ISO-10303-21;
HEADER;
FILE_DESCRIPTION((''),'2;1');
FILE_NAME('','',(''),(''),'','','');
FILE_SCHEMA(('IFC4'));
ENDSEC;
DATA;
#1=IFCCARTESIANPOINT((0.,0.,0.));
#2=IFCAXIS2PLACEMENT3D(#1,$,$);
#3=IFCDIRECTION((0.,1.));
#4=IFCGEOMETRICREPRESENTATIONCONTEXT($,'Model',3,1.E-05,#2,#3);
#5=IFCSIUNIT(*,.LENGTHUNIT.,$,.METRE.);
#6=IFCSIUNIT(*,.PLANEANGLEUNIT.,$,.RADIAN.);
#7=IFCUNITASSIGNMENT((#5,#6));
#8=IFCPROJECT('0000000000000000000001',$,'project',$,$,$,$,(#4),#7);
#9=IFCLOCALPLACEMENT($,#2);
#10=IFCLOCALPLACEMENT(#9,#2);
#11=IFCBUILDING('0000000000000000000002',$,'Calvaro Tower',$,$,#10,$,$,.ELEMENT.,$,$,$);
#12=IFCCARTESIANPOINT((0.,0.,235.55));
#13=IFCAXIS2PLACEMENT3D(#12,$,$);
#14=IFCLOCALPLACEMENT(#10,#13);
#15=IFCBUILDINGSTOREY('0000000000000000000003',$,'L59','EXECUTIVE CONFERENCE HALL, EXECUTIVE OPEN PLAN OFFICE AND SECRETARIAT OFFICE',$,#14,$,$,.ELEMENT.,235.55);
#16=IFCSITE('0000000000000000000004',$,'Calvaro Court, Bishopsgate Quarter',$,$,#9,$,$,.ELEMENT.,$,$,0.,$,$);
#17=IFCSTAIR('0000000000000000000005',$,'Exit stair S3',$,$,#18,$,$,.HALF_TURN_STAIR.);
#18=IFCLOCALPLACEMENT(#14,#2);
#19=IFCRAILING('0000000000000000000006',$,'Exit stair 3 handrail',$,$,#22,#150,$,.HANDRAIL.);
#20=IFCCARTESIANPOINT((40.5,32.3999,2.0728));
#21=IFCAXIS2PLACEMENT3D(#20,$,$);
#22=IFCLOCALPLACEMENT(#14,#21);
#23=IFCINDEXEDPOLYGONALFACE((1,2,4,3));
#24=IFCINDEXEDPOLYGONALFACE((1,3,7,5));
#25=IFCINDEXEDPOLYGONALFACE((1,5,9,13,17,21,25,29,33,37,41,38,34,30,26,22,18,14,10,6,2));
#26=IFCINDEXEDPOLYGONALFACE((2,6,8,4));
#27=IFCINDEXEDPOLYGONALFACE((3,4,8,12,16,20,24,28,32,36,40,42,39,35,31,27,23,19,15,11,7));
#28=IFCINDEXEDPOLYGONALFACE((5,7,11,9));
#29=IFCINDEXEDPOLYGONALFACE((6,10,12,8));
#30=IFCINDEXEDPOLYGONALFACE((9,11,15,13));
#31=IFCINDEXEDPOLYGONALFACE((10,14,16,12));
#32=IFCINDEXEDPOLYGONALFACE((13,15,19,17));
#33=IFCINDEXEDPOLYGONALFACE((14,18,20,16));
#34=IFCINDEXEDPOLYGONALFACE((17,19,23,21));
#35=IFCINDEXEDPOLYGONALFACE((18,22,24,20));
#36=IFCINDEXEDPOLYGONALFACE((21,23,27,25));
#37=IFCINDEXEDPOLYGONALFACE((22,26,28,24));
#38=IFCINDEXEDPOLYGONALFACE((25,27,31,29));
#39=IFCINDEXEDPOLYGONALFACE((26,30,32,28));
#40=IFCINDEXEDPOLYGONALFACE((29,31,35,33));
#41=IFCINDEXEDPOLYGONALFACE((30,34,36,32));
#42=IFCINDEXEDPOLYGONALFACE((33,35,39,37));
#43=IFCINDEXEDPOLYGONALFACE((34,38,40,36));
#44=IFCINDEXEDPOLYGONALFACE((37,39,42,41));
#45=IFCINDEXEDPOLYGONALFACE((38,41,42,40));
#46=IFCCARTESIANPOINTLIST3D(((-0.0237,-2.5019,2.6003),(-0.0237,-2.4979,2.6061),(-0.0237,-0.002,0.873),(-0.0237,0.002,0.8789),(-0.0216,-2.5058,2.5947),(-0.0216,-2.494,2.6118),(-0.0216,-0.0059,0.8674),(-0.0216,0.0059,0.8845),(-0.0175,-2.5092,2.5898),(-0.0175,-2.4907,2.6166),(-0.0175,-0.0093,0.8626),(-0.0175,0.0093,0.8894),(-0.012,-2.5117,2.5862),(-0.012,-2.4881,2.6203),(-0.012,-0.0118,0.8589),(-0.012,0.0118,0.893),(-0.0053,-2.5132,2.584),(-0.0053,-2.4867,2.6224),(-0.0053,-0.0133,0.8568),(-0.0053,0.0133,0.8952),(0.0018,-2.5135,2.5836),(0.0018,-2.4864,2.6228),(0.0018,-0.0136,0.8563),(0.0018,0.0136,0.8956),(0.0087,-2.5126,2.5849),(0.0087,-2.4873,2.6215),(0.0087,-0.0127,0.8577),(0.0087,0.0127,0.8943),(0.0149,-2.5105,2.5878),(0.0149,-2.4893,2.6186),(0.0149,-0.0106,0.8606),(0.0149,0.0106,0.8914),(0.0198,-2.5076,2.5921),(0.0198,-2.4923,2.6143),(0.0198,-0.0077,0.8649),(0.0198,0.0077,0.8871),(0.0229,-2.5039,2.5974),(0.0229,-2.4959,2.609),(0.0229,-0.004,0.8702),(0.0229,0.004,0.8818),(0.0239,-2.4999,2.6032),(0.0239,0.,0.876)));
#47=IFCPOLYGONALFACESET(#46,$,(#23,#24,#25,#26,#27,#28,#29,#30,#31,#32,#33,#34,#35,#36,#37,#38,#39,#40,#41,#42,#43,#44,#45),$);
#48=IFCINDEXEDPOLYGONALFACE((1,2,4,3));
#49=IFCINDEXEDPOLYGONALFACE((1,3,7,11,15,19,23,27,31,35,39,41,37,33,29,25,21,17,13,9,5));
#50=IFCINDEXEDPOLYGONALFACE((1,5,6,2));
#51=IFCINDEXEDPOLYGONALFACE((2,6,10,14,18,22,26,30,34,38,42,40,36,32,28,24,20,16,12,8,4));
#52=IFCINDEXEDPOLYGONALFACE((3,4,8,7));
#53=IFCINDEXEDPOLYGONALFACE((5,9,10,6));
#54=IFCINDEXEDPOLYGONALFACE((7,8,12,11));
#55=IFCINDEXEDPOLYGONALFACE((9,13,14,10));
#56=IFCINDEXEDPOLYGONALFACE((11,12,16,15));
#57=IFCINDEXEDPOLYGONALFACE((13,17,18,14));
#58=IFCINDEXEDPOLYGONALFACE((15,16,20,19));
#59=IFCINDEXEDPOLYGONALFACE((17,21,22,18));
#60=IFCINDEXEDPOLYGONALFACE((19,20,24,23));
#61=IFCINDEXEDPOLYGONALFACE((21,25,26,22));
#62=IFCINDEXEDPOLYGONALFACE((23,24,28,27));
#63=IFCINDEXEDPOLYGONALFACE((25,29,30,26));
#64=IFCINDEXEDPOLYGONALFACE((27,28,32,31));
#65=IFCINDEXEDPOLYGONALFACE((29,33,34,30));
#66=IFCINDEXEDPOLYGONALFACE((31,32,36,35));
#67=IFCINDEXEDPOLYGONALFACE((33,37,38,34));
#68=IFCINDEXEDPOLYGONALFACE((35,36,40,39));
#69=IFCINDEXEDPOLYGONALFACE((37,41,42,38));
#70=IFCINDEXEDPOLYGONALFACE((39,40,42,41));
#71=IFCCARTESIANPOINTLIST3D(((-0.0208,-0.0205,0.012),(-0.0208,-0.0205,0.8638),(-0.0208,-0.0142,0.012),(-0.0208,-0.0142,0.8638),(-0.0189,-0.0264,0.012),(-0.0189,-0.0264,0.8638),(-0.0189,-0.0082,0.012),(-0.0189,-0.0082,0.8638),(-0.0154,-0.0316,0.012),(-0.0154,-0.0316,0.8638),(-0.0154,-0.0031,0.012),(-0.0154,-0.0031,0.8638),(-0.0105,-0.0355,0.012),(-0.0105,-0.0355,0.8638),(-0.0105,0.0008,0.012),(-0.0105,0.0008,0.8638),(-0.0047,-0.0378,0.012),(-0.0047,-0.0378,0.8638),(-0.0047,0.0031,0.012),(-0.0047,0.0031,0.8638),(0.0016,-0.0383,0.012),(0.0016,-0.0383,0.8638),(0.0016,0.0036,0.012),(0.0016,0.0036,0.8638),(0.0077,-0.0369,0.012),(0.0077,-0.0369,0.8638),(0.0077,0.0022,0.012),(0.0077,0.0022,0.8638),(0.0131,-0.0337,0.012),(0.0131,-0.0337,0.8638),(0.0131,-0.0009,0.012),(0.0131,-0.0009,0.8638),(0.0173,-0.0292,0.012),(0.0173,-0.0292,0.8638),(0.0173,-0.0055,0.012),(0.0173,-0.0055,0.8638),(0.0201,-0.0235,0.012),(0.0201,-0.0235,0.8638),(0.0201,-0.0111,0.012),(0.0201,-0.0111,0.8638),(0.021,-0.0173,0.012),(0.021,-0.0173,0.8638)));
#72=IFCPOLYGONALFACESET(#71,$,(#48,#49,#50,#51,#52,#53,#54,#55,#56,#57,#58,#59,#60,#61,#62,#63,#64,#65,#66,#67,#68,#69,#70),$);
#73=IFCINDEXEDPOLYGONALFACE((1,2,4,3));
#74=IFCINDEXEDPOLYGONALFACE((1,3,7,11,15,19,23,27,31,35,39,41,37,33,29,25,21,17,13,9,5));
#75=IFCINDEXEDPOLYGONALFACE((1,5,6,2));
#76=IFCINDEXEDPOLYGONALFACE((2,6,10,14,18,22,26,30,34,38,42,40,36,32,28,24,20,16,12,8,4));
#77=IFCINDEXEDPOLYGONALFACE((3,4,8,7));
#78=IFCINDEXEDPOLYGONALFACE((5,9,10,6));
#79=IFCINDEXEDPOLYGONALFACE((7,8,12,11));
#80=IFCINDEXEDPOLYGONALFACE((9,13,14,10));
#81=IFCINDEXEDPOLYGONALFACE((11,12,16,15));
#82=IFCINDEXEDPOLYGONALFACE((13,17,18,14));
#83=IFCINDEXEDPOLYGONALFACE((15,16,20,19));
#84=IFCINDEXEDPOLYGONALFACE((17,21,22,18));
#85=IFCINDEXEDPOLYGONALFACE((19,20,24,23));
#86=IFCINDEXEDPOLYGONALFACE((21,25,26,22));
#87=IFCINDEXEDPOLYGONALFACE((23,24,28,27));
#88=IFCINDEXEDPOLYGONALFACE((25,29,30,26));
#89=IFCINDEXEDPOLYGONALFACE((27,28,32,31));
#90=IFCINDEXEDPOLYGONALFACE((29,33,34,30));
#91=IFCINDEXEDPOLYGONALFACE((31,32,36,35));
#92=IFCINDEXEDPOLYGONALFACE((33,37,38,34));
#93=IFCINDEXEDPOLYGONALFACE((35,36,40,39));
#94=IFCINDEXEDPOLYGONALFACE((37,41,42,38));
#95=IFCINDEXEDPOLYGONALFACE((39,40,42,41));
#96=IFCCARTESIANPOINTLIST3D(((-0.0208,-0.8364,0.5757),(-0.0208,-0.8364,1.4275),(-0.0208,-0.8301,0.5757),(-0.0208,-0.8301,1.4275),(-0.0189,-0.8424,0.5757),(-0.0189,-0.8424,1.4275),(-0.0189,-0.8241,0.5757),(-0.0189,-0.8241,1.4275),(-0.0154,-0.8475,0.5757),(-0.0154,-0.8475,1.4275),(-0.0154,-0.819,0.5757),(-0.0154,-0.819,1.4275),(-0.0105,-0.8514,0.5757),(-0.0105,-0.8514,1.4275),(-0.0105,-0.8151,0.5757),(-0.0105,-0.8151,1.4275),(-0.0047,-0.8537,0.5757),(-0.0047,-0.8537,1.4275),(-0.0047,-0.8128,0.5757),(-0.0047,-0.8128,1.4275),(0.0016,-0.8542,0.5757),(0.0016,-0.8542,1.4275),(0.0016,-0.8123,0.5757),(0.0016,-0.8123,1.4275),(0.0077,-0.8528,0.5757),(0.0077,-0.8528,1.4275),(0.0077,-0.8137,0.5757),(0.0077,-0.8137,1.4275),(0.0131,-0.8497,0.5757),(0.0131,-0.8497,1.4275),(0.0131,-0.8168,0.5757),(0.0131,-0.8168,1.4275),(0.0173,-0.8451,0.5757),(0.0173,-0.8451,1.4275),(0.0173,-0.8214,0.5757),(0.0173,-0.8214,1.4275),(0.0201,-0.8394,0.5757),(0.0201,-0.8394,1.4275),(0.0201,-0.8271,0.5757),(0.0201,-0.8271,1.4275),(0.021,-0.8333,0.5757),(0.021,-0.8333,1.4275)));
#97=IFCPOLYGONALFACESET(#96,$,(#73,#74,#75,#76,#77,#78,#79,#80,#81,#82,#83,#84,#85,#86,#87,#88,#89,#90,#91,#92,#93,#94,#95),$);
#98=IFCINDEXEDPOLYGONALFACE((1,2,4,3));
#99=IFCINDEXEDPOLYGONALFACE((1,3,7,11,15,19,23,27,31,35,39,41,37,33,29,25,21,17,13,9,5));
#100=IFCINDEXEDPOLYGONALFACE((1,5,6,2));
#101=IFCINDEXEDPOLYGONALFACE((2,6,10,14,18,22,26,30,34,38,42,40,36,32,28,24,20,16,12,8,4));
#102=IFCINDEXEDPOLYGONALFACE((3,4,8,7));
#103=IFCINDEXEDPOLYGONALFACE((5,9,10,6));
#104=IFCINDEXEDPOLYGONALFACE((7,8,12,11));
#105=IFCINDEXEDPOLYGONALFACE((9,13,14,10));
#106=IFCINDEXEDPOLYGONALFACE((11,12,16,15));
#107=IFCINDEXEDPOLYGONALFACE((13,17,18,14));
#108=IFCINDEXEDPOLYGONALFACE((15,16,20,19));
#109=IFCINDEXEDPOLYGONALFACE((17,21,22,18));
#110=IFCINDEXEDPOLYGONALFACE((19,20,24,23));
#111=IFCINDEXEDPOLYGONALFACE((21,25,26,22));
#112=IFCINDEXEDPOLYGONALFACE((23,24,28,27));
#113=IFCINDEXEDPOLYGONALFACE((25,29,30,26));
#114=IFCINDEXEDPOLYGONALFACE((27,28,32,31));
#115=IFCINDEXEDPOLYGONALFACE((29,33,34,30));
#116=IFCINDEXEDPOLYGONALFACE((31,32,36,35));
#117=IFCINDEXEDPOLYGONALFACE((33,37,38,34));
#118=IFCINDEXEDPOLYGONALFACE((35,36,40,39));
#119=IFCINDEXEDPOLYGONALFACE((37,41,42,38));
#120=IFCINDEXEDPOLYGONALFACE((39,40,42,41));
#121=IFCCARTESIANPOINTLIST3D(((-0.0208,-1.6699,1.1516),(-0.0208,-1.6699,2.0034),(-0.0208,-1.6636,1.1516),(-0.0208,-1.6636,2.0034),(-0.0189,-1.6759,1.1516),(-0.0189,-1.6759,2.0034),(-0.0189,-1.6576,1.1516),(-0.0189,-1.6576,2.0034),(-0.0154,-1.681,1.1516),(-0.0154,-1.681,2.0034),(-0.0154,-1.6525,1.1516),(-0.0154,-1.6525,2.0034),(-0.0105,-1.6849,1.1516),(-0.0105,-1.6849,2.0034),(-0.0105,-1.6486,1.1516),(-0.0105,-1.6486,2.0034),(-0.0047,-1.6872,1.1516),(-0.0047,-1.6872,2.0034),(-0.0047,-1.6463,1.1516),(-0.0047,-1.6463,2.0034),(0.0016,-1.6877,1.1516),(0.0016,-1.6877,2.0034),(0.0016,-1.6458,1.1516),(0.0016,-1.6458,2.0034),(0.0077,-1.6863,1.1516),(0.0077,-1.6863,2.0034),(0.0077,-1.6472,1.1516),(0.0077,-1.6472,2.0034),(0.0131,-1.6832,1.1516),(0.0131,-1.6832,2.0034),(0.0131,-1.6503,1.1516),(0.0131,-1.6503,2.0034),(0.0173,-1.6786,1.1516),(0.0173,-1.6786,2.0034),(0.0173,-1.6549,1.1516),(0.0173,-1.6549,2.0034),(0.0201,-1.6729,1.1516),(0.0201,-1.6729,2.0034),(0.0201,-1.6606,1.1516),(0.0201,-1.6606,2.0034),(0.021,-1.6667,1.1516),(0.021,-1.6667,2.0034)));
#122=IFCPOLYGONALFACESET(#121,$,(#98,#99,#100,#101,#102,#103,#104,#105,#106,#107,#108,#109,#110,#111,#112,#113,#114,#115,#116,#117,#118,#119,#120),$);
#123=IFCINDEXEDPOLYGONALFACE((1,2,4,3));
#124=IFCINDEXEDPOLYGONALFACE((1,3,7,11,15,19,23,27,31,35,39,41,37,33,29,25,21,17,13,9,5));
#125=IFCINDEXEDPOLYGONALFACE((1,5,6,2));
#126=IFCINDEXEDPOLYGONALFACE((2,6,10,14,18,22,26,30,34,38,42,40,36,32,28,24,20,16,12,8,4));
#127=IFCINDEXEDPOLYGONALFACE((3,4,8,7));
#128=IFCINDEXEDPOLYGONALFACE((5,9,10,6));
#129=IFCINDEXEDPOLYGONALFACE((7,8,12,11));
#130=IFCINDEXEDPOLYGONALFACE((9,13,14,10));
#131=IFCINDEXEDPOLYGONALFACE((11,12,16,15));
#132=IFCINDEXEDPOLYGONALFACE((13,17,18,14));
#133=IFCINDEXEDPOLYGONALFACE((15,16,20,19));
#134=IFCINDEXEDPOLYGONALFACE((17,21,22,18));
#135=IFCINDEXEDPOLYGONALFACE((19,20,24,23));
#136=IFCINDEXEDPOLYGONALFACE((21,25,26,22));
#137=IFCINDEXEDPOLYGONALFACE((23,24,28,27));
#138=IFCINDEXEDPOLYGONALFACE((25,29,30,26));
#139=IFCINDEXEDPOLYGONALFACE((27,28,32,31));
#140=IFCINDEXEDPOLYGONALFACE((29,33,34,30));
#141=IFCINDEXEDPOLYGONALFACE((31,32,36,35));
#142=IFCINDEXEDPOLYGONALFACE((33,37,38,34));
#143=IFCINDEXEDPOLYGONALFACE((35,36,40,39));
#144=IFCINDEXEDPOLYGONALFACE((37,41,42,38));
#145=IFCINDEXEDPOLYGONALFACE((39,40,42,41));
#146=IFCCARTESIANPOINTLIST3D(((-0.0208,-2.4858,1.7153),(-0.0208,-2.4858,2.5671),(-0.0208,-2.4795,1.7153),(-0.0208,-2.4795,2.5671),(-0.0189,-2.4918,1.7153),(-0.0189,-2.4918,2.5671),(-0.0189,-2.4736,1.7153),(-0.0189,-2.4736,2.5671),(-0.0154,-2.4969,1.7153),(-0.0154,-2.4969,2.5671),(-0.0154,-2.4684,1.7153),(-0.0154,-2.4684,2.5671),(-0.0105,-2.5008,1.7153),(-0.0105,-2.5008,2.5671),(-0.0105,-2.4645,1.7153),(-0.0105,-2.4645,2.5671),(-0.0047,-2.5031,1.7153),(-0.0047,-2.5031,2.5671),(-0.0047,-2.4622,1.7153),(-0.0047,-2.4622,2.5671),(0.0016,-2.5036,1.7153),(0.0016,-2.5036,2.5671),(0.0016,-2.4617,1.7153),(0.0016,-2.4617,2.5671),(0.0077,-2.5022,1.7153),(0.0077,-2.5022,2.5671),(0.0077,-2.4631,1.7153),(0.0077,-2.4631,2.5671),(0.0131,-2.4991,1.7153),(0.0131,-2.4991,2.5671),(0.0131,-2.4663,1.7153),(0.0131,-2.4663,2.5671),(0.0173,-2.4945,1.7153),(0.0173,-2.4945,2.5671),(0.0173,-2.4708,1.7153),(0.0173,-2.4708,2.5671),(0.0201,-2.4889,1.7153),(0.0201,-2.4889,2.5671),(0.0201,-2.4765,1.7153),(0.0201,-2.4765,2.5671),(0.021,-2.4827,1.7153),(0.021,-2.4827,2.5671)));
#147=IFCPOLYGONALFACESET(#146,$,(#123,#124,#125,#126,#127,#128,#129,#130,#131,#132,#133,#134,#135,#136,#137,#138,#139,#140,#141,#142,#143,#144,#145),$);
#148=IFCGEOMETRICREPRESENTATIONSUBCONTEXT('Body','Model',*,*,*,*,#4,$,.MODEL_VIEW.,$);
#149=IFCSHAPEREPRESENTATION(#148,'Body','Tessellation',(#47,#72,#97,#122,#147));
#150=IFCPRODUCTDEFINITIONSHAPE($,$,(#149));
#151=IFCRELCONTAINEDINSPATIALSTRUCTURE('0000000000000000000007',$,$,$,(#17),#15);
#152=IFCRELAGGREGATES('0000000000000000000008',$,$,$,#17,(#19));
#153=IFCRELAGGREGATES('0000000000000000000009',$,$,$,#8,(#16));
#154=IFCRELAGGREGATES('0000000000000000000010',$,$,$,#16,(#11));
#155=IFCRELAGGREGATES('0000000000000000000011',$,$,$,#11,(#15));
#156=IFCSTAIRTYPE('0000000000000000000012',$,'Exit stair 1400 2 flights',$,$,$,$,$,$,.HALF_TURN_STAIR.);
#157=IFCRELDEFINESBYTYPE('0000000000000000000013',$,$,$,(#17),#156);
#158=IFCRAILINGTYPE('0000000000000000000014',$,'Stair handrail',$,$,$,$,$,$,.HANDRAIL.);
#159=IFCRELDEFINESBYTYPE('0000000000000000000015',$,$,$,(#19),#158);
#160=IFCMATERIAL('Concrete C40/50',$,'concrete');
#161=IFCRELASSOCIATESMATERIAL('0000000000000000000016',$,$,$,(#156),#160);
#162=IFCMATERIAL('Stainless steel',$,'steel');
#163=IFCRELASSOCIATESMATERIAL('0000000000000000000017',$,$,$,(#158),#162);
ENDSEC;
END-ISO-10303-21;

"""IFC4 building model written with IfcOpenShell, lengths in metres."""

from ifc_helpers import new_model, si_unit, direction, frame, origin, origin_2d, place, context, subcontext, project, spatial, circle, extrude, material, type_object, element, aggregate, save


model = new_model("IFC4")

# Units and contexts
model_context = context("Model", 3, precision=1e-05, world=origin(), true_north=direction((0.0, 1.0)))
body_context = subcontext(model_context, "Body", "Model", "MODEL_VIEW")
ifc_project = project(units=[si_unit("LENGTHUNIT", "METRE"), si_unit("PLANEANGLEUNIT", "RADIAN")], contexts=[model_context])

# Site, building, storey
site_placement = place(None, origin())
site = spatial("IfcSite", under=ifc_project, at=site_placement, Name="Calvaro Court, Bishopsgate Quarter", CompositionType="ELEMENT", RefElevation=0.0)
building_placement = place(site_placement, origin())
building = spatial("IfcBuilding", under=site, at=building_placement, Name="Calvaro Tower", CompositionType="ELEMENT")
storey_placement = place(building_placement, frame((0.0, 0.0, 235.55)))
storey = spatial("IfcBuildingStorey", under=building, at=storey_placement, Name="L59", Description="EXECUTIVE CONFERENCE HALL, EXECUTIVE OPEN PLAN OFFICE AND SECRETARIAT OFFICE", CompositionType="ELEMENT", Elevation=235.55)

# Stair
ifc_material_1 = material(Name="Concrete C40/50", Category="concrete")
stair_type = type_object("IfcStairType", Name="Exit stair 1400 2 flights", PredefinedType="HALF_TURN_STAIR", material=ifc_material_1)
stair_1_placement = place(storey_placement, origin())
stair_1 = element("IfcStair", 1, at=stair_1_placement, inside=storey, type_object=stair_type, Name="Exit stair S3", PredefinedType="HALF_TURN_STAIR")

# Railing
ifc_material_2 = material(Name="Stainless steel", Category="steel")
railing_type = type_object("IfcRailingType", Name="Stair handrail", PredefinedType="HANDRAIL", material=ifc_material_2)
railing_1_placement = place(storey_placement, frame((40.5, 32.3999, 2.0728)))
railing_1 = element("IfcRailing", 2, at=railing_1_placement, type_object=railing_type, Name="Exit stair 3 handrail", PredefinedType="HANDRAIL", context=body_context, shape_type="SweptSolid", body=[
    extrude(circle(Radius=0.0239, at=origin_2d()), frame((0.0, 0.0, 0.876), z_axis=(0.0, -0.822727, 0.568437), x_axis=(1.0, 0.0, 0.0)), (0.0, 0.0, 1.0), 3.0386),
    extrude(circle(Radius=0.021, at=origin_2d()), frame((0.0, -0.0173, 0.012)), (0.0, 0.0, 1.0), 0.8518),
    extrude(circle(Radius=0.021, at=origin_2d()), frame((0.0, -0.8333, 0.5757)), (0.0, 0.0, 1.0), 0.8518),
    extrude(circle(Radius=0.021, at=origin_2d()), frame((0.0, -1.6667, 1.1516)), (0.0, 0.0, 1.0), 0.8518),
    extrude(circle(Radius=0.021, at=origin_2d()), frame((0.0, -2.4827, 1.7153)), (0.0, 0.0, 1.0), 0.8518),
])
aggregate(stair_1, [railing_1])

save(model, "model.ifc")
